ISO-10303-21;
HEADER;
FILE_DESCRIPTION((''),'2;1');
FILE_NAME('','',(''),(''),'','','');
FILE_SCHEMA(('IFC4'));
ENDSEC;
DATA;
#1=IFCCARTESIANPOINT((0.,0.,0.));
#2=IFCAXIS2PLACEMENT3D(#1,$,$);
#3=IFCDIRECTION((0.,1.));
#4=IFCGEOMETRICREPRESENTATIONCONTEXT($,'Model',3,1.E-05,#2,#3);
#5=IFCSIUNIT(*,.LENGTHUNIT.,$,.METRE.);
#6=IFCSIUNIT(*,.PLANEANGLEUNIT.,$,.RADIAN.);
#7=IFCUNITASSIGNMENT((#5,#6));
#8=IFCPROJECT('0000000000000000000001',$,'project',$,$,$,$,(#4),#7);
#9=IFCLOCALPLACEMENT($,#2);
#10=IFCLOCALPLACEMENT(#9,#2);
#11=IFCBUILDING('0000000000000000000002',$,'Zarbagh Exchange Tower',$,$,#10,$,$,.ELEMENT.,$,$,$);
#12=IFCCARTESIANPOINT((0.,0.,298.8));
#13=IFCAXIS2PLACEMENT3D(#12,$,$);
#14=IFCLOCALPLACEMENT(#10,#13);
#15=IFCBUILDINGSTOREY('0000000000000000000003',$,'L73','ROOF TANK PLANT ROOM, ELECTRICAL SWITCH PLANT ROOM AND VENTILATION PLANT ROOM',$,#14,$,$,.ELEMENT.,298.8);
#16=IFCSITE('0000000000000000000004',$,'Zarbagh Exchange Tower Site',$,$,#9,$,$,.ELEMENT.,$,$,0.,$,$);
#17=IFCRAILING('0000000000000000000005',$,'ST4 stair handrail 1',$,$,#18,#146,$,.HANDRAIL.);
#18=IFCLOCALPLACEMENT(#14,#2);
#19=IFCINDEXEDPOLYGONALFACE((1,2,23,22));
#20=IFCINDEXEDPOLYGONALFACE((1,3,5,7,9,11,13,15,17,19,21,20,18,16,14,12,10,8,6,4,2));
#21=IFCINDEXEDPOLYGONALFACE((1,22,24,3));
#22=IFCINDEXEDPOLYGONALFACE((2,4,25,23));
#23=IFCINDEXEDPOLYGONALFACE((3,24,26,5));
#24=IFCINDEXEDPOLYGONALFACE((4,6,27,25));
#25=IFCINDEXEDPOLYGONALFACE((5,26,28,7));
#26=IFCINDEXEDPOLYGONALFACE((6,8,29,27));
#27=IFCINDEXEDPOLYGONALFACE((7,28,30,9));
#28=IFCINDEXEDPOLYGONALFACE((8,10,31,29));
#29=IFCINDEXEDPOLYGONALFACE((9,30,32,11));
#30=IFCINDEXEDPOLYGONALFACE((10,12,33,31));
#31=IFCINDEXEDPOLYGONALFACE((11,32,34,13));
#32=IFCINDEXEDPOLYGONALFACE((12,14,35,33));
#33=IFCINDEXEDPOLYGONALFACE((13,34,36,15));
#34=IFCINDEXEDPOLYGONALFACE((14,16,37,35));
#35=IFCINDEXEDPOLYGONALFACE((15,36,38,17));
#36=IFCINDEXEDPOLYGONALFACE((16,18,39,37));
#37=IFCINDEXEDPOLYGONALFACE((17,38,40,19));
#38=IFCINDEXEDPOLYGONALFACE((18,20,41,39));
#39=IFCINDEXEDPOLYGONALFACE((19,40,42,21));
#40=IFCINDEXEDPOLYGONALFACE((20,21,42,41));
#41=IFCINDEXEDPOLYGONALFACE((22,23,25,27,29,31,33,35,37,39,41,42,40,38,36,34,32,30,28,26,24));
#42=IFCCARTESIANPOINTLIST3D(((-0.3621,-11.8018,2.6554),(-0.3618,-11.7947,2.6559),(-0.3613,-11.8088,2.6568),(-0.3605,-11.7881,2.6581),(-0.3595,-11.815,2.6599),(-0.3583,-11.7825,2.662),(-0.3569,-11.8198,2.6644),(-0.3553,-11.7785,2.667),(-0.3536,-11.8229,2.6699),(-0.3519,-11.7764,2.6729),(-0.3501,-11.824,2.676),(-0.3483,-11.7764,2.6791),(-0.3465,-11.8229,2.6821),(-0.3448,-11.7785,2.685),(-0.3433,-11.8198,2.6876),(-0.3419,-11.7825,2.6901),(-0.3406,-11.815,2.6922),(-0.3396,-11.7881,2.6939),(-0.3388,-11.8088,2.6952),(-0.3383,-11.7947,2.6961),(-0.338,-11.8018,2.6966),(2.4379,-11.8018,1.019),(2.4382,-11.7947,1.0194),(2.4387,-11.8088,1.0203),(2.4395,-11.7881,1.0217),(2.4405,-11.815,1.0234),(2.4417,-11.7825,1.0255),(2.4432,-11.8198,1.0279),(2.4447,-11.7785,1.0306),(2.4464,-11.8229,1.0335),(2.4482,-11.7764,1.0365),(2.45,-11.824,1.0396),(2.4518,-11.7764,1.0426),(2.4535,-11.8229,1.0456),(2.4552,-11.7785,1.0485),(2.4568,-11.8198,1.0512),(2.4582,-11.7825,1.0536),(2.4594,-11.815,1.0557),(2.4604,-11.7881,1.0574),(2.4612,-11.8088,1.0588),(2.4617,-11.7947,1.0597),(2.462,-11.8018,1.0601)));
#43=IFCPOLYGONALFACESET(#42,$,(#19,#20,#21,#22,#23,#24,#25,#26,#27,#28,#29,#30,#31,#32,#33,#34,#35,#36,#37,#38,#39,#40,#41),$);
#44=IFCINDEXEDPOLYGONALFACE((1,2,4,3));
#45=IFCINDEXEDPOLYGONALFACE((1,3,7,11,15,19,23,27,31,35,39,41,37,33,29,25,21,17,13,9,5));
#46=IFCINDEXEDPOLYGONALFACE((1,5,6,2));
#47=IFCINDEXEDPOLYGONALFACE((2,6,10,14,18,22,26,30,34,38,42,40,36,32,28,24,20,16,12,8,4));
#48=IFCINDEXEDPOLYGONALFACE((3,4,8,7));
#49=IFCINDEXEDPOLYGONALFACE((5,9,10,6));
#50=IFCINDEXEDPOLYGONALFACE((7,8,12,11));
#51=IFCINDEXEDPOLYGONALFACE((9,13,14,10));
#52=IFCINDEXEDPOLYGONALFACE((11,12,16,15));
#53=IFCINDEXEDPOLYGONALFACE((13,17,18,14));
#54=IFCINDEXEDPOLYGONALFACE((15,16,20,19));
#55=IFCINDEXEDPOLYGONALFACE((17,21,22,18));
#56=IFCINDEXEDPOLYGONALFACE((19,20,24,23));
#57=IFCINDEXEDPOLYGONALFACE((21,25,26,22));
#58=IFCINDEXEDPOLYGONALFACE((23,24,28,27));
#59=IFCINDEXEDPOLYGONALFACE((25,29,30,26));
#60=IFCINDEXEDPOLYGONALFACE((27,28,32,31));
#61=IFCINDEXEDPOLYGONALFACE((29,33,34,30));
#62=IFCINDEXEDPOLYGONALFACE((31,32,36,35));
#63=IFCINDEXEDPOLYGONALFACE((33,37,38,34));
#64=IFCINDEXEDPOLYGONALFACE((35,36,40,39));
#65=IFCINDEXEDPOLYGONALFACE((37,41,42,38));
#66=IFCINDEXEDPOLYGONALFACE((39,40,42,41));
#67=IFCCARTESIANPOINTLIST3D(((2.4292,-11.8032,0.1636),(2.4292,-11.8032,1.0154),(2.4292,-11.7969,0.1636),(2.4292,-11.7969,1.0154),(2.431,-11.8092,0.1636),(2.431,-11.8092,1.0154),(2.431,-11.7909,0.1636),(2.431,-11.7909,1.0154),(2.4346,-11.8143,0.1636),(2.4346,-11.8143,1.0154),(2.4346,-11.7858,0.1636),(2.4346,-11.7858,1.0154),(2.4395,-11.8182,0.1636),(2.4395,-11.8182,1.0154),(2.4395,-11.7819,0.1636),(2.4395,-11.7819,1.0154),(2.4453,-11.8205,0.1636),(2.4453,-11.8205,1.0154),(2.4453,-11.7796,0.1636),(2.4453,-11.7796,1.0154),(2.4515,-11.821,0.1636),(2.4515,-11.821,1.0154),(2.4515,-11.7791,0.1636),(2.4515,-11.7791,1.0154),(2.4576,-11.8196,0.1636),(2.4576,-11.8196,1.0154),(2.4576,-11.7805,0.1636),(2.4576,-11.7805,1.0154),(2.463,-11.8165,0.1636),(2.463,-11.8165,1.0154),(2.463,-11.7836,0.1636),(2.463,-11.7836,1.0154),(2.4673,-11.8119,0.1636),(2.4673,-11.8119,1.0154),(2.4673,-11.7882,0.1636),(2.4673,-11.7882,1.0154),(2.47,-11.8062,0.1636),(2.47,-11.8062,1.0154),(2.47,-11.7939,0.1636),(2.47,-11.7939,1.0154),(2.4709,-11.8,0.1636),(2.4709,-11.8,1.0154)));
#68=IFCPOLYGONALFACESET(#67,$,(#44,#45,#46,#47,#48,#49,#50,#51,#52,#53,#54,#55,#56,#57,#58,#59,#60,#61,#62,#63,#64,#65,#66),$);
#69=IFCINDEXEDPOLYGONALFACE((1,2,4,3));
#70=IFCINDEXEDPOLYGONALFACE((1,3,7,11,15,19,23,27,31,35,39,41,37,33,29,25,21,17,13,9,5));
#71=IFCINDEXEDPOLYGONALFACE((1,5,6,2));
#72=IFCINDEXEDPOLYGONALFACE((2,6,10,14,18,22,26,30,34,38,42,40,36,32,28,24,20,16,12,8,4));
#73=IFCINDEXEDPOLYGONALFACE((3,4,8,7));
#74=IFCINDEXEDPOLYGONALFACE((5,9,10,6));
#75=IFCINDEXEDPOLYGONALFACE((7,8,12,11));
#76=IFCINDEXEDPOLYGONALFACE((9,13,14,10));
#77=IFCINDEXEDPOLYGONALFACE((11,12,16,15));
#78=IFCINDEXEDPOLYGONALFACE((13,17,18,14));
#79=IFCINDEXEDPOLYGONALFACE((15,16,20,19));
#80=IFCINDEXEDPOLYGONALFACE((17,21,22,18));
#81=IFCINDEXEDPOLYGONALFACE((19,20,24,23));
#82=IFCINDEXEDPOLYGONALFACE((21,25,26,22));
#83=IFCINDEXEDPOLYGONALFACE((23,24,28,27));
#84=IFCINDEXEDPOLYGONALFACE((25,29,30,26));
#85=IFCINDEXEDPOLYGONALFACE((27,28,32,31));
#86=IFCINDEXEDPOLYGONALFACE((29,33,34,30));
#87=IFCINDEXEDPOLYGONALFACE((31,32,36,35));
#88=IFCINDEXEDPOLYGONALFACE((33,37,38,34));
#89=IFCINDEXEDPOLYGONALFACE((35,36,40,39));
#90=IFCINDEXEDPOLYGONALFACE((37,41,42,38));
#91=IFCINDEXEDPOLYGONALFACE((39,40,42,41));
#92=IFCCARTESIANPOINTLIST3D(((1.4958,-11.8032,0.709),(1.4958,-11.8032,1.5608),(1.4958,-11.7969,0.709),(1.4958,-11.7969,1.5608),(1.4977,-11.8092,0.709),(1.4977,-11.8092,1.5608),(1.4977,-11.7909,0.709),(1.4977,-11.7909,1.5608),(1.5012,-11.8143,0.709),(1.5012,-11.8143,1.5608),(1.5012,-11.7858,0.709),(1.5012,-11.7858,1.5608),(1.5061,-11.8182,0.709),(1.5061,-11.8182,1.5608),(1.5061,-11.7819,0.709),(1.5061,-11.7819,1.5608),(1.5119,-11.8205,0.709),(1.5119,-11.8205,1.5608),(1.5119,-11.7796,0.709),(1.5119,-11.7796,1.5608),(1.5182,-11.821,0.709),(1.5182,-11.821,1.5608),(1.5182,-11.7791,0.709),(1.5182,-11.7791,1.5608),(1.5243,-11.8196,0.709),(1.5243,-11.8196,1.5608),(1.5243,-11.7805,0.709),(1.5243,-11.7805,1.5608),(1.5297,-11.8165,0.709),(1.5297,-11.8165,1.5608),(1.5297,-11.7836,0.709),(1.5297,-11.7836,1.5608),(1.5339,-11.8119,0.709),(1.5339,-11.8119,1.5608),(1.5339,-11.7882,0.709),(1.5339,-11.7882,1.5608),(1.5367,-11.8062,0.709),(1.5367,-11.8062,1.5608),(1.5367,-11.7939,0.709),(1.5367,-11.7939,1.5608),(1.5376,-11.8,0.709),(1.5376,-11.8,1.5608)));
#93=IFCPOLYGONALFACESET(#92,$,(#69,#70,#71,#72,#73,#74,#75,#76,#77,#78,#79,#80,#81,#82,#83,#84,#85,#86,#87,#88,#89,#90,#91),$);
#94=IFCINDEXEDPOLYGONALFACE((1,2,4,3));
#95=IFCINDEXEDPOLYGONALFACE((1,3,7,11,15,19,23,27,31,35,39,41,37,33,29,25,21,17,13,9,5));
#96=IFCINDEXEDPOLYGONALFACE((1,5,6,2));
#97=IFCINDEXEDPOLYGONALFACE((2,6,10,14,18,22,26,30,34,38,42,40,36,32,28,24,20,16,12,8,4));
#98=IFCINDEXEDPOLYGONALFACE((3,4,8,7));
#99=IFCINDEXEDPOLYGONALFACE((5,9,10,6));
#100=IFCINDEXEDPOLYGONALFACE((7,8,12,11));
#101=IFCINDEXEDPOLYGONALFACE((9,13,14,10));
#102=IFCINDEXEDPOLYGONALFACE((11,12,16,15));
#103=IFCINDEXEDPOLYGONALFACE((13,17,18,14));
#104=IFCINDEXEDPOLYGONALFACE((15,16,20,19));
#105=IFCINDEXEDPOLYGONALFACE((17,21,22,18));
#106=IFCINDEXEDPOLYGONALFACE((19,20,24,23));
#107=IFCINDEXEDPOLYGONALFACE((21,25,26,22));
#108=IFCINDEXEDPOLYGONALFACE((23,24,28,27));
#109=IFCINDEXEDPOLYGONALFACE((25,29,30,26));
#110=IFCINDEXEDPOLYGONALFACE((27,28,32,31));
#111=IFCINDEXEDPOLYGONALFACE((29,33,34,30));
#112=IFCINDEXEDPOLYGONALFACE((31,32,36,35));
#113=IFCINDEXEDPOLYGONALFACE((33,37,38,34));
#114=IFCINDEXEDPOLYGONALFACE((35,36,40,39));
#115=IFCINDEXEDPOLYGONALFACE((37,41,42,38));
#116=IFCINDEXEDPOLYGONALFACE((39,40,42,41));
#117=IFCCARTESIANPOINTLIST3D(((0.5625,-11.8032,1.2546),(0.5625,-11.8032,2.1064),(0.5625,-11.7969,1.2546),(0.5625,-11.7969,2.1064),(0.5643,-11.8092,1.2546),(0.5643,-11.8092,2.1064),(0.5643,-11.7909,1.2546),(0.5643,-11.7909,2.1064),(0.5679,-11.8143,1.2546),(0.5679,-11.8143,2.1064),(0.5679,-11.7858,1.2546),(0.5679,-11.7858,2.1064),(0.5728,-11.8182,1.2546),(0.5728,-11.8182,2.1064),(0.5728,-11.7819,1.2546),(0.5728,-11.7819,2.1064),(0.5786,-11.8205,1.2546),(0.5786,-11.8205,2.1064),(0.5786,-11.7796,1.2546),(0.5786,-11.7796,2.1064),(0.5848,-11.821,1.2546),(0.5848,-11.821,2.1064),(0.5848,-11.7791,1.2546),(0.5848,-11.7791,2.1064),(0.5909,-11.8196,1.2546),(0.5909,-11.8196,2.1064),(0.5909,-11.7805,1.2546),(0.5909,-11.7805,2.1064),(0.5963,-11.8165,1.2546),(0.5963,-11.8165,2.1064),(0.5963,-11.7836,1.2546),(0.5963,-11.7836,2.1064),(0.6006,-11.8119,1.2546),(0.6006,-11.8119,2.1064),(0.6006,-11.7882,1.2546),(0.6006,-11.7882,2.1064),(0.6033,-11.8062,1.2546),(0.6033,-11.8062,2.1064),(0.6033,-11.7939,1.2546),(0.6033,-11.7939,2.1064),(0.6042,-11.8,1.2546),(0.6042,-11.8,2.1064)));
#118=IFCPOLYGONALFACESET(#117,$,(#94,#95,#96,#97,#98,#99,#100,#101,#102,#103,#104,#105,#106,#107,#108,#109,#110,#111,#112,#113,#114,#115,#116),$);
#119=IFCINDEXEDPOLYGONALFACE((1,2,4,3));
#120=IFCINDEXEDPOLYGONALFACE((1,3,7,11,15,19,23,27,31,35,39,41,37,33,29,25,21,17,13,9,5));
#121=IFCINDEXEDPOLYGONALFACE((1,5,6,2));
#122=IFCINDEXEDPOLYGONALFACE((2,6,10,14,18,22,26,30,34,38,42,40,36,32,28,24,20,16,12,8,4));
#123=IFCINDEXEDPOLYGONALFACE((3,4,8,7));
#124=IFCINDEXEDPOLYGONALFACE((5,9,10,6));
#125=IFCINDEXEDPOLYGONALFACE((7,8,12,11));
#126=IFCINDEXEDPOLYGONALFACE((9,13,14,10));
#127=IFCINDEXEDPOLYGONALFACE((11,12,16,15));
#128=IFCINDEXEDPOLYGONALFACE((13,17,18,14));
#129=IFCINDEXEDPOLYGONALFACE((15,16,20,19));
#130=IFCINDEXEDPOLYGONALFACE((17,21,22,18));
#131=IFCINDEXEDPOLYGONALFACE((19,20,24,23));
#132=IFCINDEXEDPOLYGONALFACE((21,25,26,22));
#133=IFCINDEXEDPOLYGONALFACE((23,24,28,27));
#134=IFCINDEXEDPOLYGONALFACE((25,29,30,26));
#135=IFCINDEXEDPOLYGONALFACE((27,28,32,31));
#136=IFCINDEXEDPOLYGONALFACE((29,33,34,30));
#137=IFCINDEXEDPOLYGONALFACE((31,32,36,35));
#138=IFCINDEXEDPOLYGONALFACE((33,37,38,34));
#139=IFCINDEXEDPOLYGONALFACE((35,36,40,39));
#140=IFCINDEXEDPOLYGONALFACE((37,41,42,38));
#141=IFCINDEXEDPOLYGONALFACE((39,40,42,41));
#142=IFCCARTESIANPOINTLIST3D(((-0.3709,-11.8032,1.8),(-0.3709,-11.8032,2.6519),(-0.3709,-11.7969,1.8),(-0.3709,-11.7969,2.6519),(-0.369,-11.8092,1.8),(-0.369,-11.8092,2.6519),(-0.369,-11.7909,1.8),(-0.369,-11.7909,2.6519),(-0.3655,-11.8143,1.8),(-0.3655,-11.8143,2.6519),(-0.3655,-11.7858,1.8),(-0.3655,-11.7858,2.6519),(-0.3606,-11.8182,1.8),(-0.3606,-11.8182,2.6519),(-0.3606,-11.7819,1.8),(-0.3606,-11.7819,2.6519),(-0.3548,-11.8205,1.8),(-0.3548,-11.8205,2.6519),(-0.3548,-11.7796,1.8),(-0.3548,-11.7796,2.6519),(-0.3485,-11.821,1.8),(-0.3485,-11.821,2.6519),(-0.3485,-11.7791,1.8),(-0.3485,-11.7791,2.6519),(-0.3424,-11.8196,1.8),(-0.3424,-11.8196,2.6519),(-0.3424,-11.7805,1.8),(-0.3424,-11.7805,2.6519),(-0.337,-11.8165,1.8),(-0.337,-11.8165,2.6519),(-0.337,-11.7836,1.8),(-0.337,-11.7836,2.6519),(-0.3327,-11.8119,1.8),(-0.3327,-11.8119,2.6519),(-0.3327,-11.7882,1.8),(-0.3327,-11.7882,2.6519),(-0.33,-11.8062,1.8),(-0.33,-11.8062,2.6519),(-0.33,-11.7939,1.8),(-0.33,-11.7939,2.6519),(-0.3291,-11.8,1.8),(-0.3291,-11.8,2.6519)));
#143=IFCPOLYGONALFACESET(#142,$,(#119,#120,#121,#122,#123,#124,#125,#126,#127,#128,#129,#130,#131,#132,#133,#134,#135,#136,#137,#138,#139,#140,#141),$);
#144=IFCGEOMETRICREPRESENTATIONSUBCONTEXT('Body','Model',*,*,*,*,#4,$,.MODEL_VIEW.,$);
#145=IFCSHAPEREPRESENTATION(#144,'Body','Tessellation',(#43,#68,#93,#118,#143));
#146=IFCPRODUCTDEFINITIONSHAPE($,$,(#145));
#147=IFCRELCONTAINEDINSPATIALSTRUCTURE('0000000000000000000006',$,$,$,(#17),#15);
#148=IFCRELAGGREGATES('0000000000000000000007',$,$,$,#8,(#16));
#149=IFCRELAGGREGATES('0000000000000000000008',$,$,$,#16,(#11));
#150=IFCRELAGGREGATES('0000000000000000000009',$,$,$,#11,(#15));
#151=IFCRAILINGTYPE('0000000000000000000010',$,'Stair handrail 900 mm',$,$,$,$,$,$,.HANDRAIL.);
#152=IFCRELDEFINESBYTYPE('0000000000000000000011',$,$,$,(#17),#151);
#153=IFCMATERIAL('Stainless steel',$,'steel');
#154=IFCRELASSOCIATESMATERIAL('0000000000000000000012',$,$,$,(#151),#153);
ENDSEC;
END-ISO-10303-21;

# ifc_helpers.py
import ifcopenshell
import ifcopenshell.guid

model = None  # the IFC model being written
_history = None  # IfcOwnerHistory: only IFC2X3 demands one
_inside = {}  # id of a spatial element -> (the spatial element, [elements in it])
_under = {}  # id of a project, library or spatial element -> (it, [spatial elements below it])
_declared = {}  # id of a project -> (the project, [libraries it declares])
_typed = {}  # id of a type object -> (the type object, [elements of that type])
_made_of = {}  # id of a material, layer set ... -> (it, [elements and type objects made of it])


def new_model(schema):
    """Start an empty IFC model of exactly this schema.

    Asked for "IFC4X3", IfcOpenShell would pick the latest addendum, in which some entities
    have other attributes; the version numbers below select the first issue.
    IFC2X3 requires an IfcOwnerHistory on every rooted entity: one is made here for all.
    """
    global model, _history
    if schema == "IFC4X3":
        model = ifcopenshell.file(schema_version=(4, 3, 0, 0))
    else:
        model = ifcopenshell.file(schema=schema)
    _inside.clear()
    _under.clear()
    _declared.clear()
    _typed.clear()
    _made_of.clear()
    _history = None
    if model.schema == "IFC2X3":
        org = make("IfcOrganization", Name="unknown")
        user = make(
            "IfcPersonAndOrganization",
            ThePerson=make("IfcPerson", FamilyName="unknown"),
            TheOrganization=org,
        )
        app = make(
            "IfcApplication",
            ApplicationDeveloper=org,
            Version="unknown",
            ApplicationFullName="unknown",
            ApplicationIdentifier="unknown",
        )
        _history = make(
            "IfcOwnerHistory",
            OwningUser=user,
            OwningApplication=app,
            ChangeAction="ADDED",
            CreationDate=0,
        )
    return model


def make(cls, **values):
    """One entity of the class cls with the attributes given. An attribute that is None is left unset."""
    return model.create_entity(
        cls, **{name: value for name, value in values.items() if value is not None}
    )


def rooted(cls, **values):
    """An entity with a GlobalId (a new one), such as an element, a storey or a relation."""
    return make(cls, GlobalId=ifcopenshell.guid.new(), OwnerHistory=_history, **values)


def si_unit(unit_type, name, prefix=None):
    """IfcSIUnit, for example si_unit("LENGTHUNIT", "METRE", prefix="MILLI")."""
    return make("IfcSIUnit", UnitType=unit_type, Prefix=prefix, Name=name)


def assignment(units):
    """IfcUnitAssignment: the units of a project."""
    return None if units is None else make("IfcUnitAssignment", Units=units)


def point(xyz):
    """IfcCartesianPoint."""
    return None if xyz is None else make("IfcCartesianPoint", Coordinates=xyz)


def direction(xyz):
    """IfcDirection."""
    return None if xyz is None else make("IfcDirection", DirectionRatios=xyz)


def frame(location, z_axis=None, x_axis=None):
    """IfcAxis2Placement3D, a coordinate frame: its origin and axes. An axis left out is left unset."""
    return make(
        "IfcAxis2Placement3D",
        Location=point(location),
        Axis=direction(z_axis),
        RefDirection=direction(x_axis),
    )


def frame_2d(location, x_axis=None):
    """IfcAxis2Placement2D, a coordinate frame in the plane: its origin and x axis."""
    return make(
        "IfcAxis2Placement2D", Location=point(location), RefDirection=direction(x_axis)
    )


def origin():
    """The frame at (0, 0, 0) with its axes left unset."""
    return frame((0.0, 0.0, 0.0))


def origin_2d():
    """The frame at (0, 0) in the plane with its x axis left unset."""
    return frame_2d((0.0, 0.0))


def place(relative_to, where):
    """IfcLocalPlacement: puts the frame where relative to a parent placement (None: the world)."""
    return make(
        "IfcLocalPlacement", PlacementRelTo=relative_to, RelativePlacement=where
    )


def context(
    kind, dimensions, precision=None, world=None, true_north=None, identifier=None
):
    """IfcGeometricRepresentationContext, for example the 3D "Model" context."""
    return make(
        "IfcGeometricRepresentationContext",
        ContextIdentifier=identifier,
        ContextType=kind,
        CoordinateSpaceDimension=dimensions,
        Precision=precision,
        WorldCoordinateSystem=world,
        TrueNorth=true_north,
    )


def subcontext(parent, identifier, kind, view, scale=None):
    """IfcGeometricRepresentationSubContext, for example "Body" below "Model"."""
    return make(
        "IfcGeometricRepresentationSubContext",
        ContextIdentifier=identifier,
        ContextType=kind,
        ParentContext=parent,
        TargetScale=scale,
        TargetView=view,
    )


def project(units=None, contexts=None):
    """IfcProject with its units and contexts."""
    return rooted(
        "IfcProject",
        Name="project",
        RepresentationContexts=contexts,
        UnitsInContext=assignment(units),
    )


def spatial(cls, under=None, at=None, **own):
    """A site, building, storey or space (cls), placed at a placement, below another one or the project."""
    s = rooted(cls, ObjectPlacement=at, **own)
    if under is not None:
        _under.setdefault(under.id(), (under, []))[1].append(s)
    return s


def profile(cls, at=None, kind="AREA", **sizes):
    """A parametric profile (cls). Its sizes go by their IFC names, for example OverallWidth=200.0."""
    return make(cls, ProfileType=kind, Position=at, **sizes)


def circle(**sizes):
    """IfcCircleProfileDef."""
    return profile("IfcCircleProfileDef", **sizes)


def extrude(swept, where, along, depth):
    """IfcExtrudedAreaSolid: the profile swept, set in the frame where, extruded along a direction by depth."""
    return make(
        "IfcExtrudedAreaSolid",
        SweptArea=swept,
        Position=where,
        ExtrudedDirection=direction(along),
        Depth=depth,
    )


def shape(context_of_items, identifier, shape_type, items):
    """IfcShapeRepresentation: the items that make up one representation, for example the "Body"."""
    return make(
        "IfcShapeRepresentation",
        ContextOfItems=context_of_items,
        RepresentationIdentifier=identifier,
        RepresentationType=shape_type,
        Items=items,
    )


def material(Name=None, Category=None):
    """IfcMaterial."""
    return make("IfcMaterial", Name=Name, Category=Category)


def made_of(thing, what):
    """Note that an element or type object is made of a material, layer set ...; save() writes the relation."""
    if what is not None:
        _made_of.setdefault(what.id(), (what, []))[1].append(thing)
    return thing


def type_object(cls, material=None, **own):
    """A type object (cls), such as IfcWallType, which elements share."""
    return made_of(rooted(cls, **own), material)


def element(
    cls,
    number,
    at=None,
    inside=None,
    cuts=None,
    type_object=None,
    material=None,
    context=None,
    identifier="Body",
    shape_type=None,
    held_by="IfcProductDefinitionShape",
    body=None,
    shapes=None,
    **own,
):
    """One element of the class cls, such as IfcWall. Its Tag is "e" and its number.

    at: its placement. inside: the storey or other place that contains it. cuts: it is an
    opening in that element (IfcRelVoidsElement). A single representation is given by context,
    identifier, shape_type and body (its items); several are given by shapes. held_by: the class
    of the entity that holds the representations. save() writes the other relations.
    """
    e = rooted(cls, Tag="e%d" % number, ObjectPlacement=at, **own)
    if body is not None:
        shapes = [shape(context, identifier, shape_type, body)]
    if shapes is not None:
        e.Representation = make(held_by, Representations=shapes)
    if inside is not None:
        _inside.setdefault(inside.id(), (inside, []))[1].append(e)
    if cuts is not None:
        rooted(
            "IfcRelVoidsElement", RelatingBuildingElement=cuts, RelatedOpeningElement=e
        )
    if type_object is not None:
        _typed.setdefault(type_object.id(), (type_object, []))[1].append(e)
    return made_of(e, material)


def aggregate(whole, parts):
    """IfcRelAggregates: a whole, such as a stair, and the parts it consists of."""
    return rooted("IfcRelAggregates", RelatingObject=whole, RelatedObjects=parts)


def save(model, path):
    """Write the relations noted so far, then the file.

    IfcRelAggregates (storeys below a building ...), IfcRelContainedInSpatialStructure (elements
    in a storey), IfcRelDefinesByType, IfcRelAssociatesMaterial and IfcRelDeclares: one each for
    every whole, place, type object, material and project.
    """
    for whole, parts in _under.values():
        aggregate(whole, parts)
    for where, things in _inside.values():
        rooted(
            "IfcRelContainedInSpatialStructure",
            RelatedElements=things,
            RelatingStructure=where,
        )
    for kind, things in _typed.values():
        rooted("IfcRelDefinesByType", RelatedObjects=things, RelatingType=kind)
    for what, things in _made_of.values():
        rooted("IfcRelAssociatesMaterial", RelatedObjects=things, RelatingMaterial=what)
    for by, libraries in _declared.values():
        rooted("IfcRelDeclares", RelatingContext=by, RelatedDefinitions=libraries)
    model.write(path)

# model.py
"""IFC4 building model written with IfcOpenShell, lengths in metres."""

from ifc_helpers import new_model, si_unit, direction, frame, origin, origin_2d, place, context, subcontext, project, spatial, circle, extrude, material, type_object, element, save


model = new_model("IFC4")

# Units and contexts
model_context = context("Model", 3, precision=1e-05, world=origin(), true_north=direction((0.0, 1.0)))
body_context = subcontext(model_context, "Body", "Model", "MODEL_VIEW")
ifc_project = project(units=[si_unit("LENGTHUNIT", "METRE"), si_unit("PLANEANGLEUNIT", "RADIAN")], contexts=[model_context])

# Site, building, storey
site_placement = place(None, origin())
site = spatial("IfcSite", under=ifc_project, at=site_placement, Name="Zarbagh Exchange Tower Site", CompositionType="ELEMENT", RefElevation=0.0)
building_placement = place(site_placement, origin())
building = spatial("IfcBuilding", under=site, at=building_placement, Name="Zarbagh Exchange Tower", CompositionType="ELEMENT")
storey_placement = place(building_placement, frame((0.0, 0.0, 298.8)))
storey = spatial("IfcBuildingStorey", under=building, at=storey_placement, Name="L73", Description="ROOF TANK PLANT ROOM, ELECTRICAL SWITCH PLANT ROOM AND VENTILATION PLANT ROOM", CompositionType="ELEMENT", Elevation=298.8)

# Railing
ifc_material_1 = material(Name="Stainless steel", Category="steel")
railing_type_1 = type_object("IfcRailingType", Name="Stair handrail 900 mm", PredefinedType="HANDRAIL", material=ifc_material_1)
railing_1_placement = place(storey_placement, frame((2.45, -11.8, 0.1636)))
element("IfcRailing", 1, at=railing_1_placement, inside=storey, type_object=railing_type_1, Name="ST4 stair handrail 1", PredefinedType="HANDRAIL", context=body_context, shape_type="SweptSolid", body=[
    extrude(circle(Radius=0.0239, at=origin_2d()), frame((0.0, 0.0, 0.876), z_axis=(-0.863361, 0.0, 0.504587), x_axis=(0.0, -1.0, 0.0)), (0.0, 0.0, 1.0), 3.2432),
    extrude(circle(Radius=0.021, at=origin_2d()), origin(), (0.0, 0.0, 1.0), 0.8518),
    extrude(circle(Radius=0.021, at=origin_2d()), frame((-0.9333, 0.0, 0.5454)), (0.0, 0.0, 1.0), 0.8518),
    extrude(circle(Radius=0.021, at=origin_2d()), frame((-1.8667, 0.0, 1.0911)), (0.0, 0.0, 1.0), 0.8518),
    extrude(circle(Radius=0.021, at=origin_2d()), frame((-2.8, 0.0, 1.6365)), (0.0, 0.0, 1.0), 0.8518),
])

save(model, "model.ifc")
